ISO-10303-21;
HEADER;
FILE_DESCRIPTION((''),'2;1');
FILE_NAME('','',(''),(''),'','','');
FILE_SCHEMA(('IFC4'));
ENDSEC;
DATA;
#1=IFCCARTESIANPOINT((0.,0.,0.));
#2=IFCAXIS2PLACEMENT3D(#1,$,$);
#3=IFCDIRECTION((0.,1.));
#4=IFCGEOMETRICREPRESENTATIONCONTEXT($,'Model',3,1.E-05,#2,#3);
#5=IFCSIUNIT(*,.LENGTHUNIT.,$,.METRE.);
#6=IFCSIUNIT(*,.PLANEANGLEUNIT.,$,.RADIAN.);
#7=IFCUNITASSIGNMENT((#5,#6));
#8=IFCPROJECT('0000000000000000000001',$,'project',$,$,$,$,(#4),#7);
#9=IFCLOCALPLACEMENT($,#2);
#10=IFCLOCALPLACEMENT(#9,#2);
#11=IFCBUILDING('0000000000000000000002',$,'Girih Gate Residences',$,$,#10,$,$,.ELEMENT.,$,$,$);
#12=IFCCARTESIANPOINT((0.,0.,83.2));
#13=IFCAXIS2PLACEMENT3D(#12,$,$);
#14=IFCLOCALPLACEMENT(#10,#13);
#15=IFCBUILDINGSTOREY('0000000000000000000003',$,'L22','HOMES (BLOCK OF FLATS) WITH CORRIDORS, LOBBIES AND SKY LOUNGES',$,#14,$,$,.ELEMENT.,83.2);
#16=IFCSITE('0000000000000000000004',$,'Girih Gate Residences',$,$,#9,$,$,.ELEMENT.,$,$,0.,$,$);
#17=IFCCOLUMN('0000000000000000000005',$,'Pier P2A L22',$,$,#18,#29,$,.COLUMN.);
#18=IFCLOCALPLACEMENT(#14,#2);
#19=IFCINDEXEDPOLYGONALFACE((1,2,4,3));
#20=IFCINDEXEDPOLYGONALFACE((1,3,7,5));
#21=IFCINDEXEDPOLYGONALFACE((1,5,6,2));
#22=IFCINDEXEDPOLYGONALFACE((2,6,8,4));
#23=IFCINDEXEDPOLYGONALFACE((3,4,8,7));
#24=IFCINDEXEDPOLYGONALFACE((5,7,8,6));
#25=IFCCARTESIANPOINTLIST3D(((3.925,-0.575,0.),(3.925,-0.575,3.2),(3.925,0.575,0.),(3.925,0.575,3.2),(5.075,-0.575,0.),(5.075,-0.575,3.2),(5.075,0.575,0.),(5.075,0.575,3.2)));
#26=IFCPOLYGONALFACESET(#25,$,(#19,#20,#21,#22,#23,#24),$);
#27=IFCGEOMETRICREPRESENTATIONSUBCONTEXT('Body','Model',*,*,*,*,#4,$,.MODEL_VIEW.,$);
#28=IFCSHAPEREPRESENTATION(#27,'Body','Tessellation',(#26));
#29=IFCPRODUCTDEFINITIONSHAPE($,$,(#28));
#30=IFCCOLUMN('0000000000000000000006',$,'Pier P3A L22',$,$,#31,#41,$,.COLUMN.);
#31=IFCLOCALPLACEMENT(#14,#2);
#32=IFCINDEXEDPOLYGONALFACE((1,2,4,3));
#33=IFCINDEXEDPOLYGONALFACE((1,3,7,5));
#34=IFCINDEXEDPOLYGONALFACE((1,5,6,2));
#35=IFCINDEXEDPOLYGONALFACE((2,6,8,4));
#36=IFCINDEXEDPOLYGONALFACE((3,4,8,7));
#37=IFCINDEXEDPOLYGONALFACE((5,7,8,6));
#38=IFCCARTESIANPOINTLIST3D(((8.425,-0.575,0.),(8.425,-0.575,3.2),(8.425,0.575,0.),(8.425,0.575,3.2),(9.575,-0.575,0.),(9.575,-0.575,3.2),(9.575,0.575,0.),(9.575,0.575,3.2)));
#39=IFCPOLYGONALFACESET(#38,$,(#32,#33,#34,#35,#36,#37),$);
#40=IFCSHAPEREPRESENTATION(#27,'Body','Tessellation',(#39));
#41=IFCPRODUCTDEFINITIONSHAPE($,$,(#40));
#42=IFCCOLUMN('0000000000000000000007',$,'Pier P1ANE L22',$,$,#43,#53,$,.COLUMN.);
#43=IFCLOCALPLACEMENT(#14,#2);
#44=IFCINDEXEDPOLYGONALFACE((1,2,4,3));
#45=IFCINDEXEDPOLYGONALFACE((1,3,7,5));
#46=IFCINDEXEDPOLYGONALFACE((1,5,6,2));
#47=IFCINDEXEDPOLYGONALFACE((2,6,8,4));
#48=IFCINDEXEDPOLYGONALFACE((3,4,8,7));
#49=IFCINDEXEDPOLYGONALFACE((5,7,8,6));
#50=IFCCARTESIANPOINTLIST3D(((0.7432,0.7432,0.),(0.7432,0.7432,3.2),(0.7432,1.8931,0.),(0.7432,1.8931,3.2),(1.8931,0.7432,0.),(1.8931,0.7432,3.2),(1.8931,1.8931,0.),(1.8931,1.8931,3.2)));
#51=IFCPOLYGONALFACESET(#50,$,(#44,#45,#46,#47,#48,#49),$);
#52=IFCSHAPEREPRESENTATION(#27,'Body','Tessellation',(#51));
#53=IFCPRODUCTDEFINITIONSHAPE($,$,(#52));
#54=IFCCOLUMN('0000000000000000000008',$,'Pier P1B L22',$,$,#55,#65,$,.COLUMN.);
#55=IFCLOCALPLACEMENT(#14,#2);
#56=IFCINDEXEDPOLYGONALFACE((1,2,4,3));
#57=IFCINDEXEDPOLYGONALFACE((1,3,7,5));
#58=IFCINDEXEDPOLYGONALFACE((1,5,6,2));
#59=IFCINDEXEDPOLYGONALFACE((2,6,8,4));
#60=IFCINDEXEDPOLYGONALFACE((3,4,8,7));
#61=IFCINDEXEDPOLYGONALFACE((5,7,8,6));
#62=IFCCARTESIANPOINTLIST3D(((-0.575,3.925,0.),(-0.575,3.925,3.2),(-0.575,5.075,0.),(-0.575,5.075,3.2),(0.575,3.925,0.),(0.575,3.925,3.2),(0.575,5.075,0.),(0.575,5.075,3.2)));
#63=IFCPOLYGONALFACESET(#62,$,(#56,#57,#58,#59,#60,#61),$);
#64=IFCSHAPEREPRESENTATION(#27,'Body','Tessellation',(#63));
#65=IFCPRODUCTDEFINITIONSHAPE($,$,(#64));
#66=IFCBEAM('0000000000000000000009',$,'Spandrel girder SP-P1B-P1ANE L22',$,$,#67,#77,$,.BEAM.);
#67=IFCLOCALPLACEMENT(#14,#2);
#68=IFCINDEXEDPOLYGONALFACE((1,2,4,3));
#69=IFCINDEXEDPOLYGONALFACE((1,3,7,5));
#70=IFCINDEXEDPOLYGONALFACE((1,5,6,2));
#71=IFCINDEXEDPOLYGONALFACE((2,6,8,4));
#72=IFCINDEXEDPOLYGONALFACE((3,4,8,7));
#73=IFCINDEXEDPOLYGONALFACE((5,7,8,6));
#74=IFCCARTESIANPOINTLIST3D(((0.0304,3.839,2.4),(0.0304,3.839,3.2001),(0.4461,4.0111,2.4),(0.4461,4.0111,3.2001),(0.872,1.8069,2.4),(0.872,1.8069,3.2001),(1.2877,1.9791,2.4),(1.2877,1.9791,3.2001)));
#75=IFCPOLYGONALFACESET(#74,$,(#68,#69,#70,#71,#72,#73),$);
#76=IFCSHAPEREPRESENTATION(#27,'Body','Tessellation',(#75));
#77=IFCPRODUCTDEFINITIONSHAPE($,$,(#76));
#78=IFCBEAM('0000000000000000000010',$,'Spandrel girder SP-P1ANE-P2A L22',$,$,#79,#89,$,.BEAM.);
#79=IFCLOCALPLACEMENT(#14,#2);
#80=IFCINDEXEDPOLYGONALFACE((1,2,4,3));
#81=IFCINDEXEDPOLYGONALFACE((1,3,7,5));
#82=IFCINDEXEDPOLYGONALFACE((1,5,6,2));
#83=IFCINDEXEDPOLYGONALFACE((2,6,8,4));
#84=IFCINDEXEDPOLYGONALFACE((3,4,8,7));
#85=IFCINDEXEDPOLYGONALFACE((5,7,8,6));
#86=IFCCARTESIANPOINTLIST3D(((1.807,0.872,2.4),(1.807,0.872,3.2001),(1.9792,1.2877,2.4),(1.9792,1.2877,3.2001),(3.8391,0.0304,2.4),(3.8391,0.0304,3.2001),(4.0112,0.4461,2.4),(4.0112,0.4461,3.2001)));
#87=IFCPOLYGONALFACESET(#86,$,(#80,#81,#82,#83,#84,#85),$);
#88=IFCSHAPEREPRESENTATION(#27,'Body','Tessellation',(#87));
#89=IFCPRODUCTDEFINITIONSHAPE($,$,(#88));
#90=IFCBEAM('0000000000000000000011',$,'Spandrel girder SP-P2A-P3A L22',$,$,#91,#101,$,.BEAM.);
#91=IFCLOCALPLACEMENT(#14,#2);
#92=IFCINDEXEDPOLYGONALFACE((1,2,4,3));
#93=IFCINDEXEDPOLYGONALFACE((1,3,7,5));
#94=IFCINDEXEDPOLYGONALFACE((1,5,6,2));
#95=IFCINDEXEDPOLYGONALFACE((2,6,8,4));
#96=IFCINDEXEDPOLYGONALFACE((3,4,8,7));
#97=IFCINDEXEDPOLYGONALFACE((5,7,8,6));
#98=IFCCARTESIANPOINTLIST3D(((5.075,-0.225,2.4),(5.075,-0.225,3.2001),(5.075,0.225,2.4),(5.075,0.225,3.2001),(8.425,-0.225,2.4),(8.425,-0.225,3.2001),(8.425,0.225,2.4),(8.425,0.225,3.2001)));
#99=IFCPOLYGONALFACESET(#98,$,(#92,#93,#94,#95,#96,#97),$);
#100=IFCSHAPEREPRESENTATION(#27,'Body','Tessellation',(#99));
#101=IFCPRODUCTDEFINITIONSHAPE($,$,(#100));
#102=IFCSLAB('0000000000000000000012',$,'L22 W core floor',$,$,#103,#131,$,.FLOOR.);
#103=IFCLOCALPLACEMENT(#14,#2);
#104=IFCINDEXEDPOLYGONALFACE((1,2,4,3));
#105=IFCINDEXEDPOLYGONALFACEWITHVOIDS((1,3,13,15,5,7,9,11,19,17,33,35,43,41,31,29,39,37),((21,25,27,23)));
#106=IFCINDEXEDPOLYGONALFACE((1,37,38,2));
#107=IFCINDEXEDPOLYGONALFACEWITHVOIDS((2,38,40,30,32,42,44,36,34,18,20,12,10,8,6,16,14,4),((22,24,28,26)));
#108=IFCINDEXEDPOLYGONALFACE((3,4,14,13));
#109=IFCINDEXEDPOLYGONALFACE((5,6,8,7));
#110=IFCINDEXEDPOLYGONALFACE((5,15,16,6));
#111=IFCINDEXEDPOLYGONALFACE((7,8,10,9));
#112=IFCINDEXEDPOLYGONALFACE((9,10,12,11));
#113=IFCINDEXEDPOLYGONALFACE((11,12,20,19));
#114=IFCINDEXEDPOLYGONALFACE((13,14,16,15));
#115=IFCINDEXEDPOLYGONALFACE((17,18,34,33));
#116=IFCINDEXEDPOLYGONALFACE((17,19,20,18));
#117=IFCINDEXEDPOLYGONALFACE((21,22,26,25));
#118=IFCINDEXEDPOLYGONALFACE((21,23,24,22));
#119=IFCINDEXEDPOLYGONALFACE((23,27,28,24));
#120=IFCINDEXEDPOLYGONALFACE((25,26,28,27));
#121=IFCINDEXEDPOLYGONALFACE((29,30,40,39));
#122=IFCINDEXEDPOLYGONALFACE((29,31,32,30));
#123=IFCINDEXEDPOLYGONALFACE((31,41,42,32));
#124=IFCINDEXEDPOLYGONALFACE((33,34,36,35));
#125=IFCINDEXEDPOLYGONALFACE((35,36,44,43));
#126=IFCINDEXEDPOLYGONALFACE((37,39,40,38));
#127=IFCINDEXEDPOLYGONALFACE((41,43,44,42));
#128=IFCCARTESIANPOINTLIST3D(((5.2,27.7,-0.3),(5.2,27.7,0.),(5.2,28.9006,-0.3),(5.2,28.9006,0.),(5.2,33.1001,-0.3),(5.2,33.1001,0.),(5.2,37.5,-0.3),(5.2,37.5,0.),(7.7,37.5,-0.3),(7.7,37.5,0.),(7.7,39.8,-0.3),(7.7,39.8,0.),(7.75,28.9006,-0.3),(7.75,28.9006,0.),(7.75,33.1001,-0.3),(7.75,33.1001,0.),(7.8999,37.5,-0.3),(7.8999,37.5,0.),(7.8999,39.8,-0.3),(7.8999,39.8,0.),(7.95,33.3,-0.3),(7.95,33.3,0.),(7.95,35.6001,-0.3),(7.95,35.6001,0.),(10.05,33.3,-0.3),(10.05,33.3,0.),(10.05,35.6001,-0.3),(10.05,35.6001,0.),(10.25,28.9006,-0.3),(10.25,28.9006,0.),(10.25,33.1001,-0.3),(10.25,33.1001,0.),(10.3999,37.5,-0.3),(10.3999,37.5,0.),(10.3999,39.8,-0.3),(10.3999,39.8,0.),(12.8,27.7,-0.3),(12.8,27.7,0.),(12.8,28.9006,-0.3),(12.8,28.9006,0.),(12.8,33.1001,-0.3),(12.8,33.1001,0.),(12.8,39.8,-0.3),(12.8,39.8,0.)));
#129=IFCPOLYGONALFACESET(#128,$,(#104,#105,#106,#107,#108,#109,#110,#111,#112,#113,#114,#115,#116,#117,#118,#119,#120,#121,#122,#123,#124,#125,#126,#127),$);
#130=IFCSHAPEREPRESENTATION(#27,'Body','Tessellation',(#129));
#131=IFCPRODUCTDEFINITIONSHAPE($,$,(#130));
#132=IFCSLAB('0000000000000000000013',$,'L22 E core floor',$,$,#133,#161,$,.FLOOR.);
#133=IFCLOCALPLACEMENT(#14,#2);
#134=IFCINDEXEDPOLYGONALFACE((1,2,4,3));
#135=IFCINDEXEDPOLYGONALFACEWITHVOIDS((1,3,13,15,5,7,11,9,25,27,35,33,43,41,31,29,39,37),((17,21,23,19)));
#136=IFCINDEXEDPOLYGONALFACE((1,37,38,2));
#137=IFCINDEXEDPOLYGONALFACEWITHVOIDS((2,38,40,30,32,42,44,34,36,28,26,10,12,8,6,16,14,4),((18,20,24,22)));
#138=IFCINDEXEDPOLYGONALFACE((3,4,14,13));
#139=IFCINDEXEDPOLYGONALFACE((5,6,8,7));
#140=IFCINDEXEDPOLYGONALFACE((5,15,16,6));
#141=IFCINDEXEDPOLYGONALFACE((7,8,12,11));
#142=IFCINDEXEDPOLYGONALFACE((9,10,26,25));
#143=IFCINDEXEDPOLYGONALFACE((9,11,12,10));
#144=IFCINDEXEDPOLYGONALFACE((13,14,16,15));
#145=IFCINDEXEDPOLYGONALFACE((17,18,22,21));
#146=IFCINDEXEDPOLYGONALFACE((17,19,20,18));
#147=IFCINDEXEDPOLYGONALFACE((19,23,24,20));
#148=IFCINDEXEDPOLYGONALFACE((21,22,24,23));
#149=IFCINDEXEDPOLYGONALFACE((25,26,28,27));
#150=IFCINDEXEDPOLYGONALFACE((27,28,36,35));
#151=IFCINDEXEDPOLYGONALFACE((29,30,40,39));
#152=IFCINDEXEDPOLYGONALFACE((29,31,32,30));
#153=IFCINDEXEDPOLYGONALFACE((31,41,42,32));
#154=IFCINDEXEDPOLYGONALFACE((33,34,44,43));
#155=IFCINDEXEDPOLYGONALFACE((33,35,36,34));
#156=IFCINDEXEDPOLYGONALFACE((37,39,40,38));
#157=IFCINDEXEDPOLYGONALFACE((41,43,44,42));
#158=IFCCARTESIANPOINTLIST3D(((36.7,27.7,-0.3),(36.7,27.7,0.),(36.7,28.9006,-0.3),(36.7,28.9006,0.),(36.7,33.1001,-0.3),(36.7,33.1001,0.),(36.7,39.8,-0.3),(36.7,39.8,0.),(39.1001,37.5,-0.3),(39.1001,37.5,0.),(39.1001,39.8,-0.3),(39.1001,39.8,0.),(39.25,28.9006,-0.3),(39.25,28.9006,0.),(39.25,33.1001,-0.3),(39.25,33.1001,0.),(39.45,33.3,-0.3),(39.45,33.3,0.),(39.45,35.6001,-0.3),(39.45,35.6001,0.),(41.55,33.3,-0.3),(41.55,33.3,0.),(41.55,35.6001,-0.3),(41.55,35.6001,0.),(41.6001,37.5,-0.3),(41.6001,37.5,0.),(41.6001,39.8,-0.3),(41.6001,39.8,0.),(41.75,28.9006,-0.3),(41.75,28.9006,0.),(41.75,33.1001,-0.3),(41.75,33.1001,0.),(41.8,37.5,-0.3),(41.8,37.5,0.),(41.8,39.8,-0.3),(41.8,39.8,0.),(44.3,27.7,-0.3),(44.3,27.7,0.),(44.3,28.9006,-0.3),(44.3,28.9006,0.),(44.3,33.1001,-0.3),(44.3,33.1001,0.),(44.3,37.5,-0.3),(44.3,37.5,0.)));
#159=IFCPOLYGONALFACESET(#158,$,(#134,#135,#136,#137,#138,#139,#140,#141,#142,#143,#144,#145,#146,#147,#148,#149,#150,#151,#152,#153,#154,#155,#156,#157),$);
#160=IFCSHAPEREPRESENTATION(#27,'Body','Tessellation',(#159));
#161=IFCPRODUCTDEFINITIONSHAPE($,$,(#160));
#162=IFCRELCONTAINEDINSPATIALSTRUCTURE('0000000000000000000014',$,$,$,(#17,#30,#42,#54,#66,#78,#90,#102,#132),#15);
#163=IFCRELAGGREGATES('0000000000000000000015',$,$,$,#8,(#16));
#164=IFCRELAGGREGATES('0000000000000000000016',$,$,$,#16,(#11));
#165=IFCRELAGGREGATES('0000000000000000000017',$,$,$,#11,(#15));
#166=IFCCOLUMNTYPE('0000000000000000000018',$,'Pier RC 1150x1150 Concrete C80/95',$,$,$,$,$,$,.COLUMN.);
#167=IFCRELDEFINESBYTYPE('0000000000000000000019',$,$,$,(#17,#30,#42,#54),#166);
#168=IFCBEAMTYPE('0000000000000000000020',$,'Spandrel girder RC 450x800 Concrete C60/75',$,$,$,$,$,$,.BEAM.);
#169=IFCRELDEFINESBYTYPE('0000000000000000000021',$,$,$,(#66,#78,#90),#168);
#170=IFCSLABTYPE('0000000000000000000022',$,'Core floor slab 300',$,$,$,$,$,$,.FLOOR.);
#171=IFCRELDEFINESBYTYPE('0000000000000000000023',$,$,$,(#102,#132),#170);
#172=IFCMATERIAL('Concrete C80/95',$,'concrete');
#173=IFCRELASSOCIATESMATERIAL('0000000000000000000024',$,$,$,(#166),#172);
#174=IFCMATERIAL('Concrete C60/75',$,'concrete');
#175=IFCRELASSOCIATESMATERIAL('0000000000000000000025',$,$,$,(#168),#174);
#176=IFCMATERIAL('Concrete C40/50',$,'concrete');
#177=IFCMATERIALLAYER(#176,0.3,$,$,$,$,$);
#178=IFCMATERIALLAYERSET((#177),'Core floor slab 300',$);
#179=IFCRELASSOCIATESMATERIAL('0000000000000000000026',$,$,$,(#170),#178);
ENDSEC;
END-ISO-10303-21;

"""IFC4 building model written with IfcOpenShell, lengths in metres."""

from ifc_helpers import new_model, si_unit, direction, frame, origin, origin_2d, place, context, subcontext, project, spatial, polyline, rectangle, outline, extrude, material, layer, layer_set, material_profile, profile_set, type_object, element, save


model = new_model("IFC4")

# Units and contexts
model_context = context("Model", 3, precision=1e-05, world=origin(), true_north=direction((0.0, 1.0)))
body_context = subcontext(model_context, "Body", "Model", "MODEL_VIEW")
ifc_project = project(units=[si_unit("LENGTHUNIT", "METRE"), si_unit("PLANEANGLEUNIT", "RADIAN")], contexts=[model_context])

# Site, building, storey
site_placement = place(None, origin())
site = spatial("IfcSite", under=ifc_project, at=site_placement, Name="Girih Gate Residences", CompositionType="ELEMENT", RefElevation=0.0)
building_placement = place(site_placement, origin())
building = spatial("IfcBuilding", under=site, at=building_placement, Name="Girih Gate Residences", CompositionType="ELEMENT")
storey_placement = place(building_placement, frame((0.0, 0.0, 83.2)))
storey = spatial("IfcBuildingStorey", under=building, at=storey_placement, Name="L22", Description="HOMES (BLOCK OF FLATS) WITH CORRIDORS, LOBBIES AND SKY LOUNGES", CompositionType="ELEMENT", Elevation=83.2)

# Columns
ifc_material_1 = material(Name="Concrete C80/95", Category="concrete")
ifc_material_profile_1 = material_profile(ifc_material_1, rectangle(XDim=1.1499, YDim=1.1499, at=origin_2d()))
ifc_profile_set_1 = profile_set([ifc_material_profile_1], Name="Concrete C80/95")
column_type = type_object("IfcColumnType", Name="Pier RC 1150x1150 Concrete C80/95", PredefinedType="COLUMN", material=ifc_profile_set_1)
for number, where, z_axis, x_axis, name in (
    (1, (4.5, 0.0, 0.0), (0.0, 0.0, 1.0), (1.0, 0.0, 0.0), "Pier P2A L22"),
    (2, (9.0, 0.0, 0.0), (0.0, 0.0, 1.0), (1.0, 0.0, 0.0), "Pier P3A L22"),
    (3, (1.3181, 1.3181, 0.0), (0.0, 0.0, 1.0), (1.0, 0.0, 0.0), "Pier P1ANE L22"),
    (4, (0.0, 4.5, 0.0), (0.0, 0.0, 1.0), (1.0, 0.0, 0.0), "Pier P1B L22"),
):
    element("IfcColumn", number, at=place(storey_placement, frame(where, z_axis=z_axis, x_axis=x_axis)), inside=storey, type_object=column_type, Name=name, PredefinedType="COLUMN", context=body_context, shape_type="SweptSolid", body=[
        extrude(rectangle(XDim=1.1499, YDim=1.1499, at=origin_2d()), origin(), (0.0, 0.0, 1.0), 3.2),
    ])

# Beams
ifc_material_2 = material(Name="Concrete C60/75", Category="concrete")
ifc_material_profile_2 = material_profile(ifc_material_2, rectangle(XDim=0.45, YDim=0.8, at=origin_2d()))
ifc_profile_set_2 = profile_set([ifc_material_profile_2], Name="Concrete C60/75")
beam_type = type_object("IfcBeamType", Name="Spandrel girder RC 450x800 Concrete C60/75", PredefinedType="BEAM", material=ifc_profile_set_2)
for number, where, z_axis, x_axis, name in (
    (5, (0.2383, 3.925, 2.8), (0.382636, -0.923899, 0.0), (0.923899, 0.382636, 0.0), "Spandrel girder SP-P1B-P1ANE L22"),
    (6, (1.8931, 1.0798, 2.8), (0.923899, -0.382636, 0.0), (0.382636, 0.923899, 0.0), "Spandrel girder SP-P1ANE-P2A L22"),
):
    element("IfcBeam", number, at=place(storey_placement, frame(where, z_axis=z_axis, x_axis=x_axis)), inside=storey, type_object=beam_type, Name=name, PredefinedType="BEAM", context=body_context, shape_type="SweptSolid", body=[
        extrude(rectangle(XDim=0.45, YDim=0.8, at=origin_2d()), origin(), (0.0, 0.0, 1.0), 2.1995),
    ])
beam_placement = place(storey_placement, frame((5.075, 0.0, 2.8), z_axis=(1.0, 0.0, 0.0), x_axis=(0.0, 1.0, 0.0)))
element("IfcBeam", 7, at=beam_placement, inside=storey, type_object=beam_type, Name="Spandrel girder SP-P2A-P3A L22", PredefinedType="BEAM", context=body_context, shape_type="SweptSolid", body=[
    extrude(rectangle(XDim=0.45, YDim=0.8, at=origin_2d()), origin(), (0.0, 0.0, 1.0), 3.3501),
])

# Slabs
ifc_material_3 = material(Name="Concrete C40/50", Category="concrete")
ifc_layer_1 = layer(ifc_material_3, 0.3)
ifc_layer_set_1 = layer_set([ifc_layer_1], Name="Core floor slab 300")
slab_type_1 = type_object("IfcSlabType", Name="Core floor slab 300", PredefinedType="FLOOR", material=ifc_layer_set_1)
slab_1_placement = place(storey_placement, frame((0.0, 0.0, -0.3)))
element("IfcSlab", 8, at=slab_1_placement, inside=storey, type_object=slab_type_1, Name="L22 W core floor", PredefinedType="FLOOR", context=body_context, shape_type="SweptSolid", body=[
    extrude(outline(polyline([(12.8, 27.7), (5.2, 27.7), (5.2, 28.9006), (7.75, 28.9006), (7.75, 33.1001), (5.2, 33.1001), (5.2, 37.5), (7.7, 37.5), (7.7, 39.8), (7.8999, 39.8), (7.8999, 37.5), (10.3999, 37.5), (10.3999, 39.8), (12.8, 39.8), (12.8, 33.1001), (10.25, 33.1001), (10.25, 28.9006), (12.8, 28.9006), (12.8, 27.7)]), holes=[polyline([(7.95, 33.3), (10.05, 33.3), (10.05, 35.6001), (7.95, 35.6001), (7.95, 33.3)])]), origin(), (0.0, 0.0, 1.0), 0.3),
])
slab_2_placement = place(storey_placement, frame((0.0, 0.0, -0.3)))
element("IfcSlab", 9, at=slab_2_placement, inside=storey, type_object=slab_type_1, Name="L22 E core floor", PredefinedType="FLOOR", context=body_context, shape_type="SweptSolid", body=[
    extrude(outline(polyline([(44.3, 27.7), (36.7, 27.7), (36.7, 28.9006), (39.25, 28.9006), (39.25, 33.1001), (36.7, 33.1001), (36.7, 39.8), (39.1001, 39.8), (39.1001, 37.5), (41.6001, 37.5), (41.6001, 39.8), (41.8, 39.8), (41.8, 37.5), (44.3, 37.5), (44.3, 33.1001), (41.75, 33.1001), (41.75, 28.9006), (44.3, 28.9006), (44.3, 27.7)]), holes=[polyline([(39.45, 33.3), (41.55, 33.3), (41.55, 35.6001), (39.45, 35.6001), (39.45, 33.3)])]), origin(), (0.0, 0.0, 1.0), 0.3),
])

save(model, "model.ifc")
